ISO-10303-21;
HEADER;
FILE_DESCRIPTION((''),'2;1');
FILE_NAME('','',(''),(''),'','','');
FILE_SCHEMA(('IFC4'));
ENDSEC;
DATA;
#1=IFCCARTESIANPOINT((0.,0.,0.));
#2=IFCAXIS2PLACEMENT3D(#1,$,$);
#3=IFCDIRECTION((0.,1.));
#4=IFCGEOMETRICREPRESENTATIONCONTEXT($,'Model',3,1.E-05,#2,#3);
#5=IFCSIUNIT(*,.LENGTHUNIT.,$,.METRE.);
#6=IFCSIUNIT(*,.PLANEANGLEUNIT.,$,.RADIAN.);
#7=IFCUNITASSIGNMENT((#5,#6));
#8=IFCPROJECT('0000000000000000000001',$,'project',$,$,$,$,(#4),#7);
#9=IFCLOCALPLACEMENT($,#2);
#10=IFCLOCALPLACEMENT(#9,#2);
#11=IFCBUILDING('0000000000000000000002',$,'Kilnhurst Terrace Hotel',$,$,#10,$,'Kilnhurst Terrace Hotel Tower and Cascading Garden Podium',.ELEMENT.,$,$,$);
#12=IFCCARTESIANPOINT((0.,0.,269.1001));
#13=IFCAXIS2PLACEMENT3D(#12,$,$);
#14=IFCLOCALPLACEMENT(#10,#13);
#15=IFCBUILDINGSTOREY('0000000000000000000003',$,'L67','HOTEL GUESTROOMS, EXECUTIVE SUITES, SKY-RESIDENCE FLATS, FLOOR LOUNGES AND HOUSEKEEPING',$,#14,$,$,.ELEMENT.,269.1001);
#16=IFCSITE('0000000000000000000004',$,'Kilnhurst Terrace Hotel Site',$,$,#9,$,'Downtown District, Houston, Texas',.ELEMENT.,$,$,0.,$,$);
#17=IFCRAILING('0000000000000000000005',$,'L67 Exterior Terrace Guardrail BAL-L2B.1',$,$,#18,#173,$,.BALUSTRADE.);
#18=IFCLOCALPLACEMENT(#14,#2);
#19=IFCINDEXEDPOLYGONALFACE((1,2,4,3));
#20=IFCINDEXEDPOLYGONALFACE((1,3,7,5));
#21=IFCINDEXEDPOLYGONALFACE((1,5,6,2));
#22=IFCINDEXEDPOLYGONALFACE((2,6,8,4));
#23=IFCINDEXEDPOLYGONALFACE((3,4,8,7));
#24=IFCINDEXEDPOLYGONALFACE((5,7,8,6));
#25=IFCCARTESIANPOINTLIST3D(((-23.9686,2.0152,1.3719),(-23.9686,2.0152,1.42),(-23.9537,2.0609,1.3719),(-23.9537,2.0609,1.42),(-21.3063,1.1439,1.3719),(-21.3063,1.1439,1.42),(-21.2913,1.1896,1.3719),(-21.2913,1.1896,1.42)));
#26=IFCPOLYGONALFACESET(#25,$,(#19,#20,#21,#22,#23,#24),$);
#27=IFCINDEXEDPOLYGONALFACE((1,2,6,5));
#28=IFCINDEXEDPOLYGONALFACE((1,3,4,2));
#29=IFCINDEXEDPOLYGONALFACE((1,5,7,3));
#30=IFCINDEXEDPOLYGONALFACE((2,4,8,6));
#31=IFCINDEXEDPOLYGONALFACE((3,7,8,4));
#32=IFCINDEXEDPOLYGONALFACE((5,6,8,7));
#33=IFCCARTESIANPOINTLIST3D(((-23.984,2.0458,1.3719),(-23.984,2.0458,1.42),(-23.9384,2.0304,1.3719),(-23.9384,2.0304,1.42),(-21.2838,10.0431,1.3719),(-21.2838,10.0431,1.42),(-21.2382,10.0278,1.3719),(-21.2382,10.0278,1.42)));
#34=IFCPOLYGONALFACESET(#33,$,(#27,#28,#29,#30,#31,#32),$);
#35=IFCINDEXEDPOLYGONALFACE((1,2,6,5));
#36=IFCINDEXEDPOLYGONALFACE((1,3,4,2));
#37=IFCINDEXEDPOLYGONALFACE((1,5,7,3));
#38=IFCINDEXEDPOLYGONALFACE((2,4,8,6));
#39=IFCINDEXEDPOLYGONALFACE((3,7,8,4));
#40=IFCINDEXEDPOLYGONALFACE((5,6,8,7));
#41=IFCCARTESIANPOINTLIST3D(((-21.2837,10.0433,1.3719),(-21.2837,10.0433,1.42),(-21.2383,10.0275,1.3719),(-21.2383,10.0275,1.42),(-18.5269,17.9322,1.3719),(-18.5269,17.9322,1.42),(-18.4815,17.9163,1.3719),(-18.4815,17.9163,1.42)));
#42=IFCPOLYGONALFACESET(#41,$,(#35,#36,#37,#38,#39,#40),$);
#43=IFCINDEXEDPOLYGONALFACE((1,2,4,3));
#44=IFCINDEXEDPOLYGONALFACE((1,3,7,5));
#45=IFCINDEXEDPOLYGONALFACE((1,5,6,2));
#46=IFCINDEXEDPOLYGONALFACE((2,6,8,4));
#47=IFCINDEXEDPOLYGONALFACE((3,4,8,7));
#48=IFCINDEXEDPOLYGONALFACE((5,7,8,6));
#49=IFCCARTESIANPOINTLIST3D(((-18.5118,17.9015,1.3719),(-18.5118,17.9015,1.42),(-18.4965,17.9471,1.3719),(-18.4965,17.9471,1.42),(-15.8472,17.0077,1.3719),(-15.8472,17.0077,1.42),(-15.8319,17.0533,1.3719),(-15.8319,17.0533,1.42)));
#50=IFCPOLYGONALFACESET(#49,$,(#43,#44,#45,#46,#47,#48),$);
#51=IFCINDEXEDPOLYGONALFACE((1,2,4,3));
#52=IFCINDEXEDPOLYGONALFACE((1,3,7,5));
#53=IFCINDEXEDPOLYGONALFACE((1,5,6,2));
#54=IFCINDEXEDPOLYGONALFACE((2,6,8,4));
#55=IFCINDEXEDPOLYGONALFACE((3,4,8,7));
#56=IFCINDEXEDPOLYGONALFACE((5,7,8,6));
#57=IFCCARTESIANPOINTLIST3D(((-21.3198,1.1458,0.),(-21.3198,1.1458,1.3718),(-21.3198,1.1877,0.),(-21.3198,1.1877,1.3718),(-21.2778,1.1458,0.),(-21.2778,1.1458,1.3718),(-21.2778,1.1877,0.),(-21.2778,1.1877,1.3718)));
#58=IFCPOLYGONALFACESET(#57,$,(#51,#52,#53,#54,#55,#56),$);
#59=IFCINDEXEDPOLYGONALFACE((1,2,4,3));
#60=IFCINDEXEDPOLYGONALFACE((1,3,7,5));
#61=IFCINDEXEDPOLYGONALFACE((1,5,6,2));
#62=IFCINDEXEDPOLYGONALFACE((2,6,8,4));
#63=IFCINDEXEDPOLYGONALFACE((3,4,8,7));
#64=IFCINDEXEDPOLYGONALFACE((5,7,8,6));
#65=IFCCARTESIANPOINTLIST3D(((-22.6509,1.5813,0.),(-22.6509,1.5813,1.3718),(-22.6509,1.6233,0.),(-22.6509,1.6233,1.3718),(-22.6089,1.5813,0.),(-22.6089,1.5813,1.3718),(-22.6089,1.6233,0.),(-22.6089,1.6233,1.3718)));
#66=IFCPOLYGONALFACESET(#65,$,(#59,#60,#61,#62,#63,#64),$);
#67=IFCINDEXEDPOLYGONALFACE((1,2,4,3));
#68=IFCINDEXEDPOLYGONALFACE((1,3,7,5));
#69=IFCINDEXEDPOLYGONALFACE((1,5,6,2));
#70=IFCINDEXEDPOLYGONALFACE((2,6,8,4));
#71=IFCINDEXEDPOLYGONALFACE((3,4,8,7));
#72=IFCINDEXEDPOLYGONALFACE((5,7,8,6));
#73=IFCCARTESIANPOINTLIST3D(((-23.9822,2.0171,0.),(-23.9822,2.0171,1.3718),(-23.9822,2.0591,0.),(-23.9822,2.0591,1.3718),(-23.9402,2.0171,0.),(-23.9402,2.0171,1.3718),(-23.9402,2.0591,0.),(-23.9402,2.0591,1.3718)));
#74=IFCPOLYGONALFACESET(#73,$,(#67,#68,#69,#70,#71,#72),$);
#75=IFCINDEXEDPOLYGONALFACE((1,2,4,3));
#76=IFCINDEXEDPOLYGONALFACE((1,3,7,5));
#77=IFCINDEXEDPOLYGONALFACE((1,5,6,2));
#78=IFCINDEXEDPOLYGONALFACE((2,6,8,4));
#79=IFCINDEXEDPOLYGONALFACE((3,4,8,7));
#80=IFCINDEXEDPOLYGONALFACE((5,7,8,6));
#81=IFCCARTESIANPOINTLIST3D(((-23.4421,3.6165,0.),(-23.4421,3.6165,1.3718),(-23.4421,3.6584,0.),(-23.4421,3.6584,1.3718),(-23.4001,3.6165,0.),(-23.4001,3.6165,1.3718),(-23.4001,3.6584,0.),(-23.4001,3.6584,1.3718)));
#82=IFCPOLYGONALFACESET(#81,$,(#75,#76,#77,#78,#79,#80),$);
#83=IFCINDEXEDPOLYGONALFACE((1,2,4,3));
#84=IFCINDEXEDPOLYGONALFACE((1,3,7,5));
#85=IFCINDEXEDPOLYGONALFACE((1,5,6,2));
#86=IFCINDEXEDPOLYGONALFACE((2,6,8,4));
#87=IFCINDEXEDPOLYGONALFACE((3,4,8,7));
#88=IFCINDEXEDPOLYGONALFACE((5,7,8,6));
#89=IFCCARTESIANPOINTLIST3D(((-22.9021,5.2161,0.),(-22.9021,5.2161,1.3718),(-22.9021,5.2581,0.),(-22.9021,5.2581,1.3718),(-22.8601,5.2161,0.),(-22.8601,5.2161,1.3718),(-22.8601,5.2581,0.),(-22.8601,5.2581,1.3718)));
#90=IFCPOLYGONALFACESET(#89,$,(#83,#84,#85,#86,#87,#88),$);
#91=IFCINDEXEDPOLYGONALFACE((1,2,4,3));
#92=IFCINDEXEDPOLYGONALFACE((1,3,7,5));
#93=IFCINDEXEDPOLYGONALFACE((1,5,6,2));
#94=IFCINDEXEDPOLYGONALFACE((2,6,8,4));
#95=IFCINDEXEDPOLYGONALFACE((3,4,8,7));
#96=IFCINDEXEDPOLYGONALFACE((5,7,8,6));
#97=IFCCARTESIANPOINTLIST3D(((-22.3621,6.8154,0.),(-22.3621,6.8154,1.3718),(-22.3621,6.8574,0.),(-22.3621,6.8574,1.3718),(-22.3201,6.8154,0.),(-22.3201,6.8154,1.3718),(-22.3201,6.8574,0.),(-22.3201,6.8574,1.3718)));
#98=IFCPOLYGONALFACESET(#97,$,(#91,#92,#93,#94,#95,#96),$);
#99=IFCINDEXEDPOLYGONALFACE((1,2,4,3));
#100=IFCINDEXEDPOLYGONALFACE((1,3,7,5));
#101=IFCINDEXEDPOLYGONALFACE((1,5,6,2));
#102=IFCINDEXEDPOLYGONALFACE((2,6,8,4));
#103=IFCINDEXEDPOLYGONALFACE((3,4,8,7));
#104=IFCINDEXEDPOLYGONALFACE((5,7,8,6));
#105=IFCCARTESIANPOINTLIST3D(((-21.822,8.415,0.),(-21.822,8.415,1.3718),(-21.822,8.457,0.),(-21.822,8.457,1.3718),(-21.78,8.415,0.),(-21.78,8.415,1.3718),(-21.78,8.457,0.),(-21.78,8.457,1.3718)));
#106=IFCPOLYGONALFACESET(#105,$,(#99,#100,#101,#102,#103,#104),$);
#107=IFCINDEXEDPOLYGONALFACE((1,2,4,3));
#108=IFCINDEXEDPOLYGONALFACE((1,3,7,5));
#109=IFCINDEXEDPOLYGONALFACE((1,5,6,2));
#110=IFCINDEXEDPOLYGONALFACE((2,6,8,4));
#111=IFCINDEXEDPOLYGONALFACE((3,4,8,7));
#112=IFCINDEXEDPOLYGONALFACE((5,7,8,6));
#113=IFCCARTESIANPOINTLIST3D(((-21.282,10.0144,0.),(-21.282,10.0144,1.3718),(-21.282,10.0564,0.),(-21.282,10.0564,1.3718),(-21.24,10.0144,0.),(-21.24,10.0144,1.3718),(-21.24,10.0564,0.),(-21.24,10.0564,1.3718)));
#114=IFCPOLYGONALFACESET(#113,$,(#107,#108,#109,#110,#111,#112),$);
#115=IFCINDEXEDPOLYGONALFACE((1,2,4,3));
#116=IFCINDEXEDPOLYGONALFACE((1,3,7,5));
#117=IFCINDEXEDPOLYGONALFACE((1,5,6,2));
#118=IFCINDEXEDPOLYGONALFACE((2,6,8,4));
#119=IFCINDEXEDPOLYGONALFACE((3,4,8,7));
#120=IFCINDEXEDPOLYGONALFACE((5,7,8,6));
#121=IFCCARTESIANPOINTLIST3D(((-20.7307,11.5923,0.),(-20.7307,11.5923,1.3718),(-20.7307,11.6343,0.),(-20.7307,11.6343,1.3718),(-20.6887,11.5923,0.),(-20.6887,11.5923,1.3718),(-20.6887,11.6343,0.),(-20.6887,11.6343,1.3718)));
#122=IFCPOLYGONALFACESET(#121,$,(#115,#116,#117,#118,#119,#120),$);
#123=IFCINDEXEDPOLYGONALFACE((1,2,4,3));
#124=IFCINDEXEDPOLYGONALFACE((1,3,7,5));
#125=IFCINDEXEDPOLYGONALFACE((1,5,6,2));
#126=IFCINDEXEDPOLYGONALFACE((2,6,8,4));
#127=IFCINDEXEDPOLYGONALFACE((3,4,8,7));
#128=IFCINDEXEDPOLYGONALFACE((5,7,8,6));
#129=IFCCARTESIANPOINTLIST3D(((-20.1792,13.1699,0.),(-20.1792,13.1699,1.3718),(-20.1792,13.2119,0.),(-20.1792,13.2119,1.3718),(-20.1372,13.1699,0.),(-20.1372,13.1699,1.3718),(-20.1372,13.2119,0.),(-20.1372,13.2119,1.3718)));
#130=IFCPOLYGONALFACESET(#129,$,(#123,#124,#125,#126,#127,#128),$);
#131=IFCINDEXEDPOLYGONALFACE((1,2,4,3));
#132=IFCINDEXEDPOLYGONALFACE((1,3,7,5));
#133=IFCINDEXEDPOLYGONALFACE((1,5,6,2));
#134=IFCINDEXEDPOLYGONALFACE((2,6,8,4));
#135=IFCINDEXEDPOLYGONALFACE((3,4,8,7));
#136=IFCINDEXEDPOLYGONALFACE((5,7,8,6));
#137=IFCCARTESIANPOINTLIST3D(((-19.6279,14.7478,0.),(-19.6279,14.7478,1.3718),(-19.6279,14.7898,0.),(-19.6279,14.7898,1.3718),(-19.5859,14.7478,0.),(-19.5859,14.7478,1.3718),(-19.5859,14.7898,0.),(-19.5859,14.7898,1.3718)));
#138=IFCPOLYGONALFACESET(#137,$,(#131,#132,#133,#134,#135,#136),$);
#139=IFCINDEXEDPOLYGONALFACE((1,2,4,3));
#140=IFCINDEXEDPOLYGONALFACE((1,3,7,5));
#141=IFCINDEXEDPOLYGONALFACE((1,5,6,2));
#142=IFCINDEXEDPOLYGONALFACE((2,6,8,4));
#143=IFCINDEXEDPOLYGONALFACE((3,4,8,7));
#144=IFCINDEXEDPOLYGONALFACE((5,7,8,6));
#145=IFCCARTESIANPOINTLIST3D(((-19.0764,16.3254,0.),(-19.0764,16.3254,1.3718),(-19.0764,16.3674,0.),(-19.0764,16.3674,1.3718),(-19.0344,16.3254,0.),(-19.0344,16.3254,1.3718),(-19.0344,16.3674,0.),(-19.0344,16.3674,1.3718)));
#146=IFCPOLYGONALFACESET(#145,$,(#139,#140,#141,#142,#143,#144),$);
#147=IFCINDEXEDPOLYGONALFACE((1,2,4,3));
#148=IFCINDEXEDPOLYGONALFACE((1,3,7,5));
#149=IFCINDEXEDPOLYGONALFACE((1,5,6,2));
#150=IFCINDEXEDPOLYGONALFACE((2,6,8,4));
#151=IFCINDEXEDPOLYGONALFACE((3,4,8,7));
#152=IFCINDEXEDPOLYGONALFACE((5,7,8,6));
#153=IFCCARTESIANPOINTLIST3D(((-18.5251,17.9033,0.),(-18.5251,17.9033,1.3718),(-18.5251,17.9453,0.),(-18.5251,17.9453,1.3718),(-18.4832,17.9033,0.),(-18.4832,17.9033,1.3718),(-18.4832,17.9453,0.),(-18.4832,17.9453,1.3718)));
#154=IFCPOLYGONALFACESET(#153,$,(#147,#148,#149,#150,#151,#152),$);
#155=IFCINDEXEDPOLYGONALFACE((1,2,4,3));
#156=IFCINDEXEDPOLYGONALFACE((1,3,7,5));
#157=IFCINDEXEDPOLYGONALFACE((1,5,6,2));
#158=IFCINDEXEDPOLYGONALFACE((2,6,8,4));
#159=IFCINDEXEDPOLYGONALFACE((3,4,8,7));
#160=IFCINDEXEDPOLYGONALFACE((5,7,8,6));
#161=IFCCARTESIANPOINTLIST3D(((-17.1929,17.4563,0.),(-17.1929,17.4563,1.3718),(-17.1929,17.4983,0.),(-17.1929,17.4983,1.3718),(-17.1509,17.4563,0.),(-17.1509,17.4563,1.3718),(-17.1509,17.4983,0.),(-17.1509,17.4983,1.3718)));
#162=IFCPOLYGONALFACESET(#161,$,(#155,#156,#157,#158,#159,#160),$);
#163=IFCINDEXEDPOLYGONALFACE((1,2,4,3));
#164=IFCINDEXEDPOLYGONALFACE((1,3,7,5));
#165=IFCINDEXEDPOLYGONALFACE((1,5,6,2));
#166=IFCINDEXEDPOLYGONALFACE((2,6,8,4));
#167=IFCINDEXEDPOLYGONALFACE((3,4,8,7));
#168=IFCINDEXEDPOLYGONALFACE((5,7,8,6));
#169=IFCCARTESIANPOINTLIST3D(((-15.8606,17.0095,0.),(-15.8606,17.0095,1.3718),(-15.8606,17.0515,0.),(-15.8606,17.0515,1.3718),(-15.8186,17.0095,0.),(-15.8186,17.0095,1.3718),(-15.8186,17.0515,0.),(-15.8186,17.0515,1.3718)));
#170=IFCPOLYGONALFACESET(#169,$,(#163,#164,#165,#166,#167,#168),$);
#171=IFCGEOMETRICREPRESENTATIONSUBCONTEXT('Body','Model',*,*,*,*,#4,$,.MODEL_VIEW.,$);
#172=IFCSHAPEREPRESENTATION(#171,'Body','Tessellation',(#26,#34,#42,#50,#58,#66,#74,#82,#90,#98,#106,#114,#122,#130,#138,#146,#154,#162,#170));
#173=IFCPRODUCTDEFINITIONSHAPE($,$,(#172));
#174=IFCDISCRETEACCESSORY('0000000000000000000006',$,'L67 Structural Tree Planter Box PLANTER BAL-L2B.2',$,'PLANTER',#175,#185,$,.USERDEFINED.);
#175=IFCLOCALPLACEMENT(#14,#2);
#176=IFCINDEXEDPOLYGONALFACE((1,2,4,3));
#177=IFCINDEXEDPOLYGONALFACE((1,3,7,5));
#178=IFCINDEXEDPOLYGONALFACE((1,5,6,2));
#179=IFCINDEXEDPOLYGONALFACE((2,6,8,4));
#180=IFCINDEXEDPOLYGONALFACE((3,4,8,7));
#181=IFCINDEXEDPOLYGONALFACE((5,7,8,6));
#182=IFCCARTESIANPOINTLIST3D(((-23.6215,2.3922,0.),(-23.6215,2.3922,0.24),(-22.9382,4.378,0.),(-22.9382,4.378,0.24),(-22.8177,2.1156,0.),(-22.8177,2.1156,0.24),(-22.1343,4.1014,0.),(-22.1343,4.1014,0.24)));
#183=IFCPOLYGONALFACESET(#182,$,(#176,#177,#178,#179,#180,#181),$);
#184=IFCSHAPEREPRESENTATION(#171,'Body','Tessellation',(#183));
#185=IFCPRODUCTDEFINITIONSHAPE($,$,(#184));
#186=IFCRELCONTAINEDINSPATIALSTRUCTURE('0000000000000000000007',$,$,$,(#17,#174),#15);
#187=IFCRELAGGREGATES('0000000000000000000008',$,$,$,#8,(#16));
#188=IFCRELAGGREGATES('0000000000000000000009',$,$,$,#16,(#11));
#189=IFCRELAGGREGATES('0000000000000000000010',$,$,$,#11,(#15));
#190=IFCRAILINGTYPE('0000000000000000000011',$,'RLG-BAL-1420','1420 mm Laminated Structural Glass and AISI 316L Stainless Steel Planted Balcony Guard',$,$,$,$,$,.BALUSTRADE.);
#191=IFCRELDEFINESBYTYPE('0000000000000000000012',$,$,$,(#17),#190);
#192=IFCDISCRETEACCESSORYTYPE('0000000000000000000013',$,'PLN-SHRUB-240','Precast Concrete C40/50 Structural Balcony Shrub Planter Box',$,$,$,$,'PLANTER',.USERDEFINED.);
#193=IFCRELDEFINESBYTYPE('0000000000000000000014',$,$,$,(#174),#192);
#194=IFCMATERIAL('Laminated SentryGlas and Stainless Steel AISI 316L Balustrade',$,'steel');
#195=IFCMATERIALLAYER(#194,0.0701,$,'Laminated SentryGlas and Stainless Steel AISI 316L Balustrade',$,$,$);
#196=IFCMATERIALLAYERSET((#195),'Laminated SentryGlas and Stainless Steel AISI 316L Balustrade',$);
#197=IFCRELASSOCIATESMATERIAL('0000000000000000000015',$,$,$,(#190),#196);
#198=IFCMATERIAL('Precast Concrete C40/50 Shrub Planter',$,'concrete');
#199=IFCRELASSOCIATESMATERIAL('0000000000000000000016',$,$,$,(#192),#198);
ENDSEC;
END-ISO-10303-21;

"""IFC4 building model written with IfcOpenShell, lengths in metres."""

from ifc_helpers import new_model, si_unit, direction, frame, origin, origin_2d, place, context, subcontext, project, spatial, rectangle, extrude, material, layer, layer_set, type_object, element, save


model = new_model("IFC4")

# Units and contexts
model_context = context("Model", 3, precision=1e-05, world=origin(), true_north=direction((0.0, 1.0)))
body_context = subcontext(model_context, "Body", "Model", "MODEL_VIEW")
ifc_project = project(units=[si_unit("LENGTHUNIT", "METRE"), si_unit("PLANEANGLEUNIT", "RADIAN")], contexts=[model_context])

# Site, building, storey
site_placement = place(None, origin())
site = spatial("IfcSite", under=ifc_project, at=site_placement, Name="Kilnhurst Terrace Hotel Site", LongName="Downtown District, Houston, Texas", CompositionType="ELEMENT", RefElevation=0.0)
building_placement = place(site_placement, origin())
building = spatial("IfcBuilding", under=site, at=building_placement, Name="Kilnhurst Terrace Hotel", LongName="Kilnhurst Terrace Hotel Tower and Cascading Garden Podium", CompositionType="ELEMENT")
storey_placement = place(building_placement, frame((0.0, 0.0, 269.1001)))
storey = spatial("IfcBuildingStorey", under=building, at=storey_placement, Name="L67", Description="HOTEL GUESTROOMS, EXECUTIVE SUITES, SKY-RESIDENCE FLATS, FLOOR LOUNGES AND HOUSEKEEPING", CompositionType="ELEMENT", Elevation=269.1001)

# Railing
ifc_material_1 = material(Name="Laminated SentryGlas and Stainless Steel AISI 316L Balustrade", Category="steel")
ifc_layer_1 = layer(ifc_material_1, 0.0701, Name="Laminated SentryGlas and Stainless Steel AISI 316L Balustrade")
ifc_layer_set_1 = layer_set([ifc_layer_1], Name="Laminated SentryGlas and Stainless Steel AISI 316L Balustrade")
railing_type = type_object("IfcRailingType", Name="RLG-BAL-1420", Description="1420 mm Laminated Structural Glass and AISI 316L Stainless Steel Planted Balcony Guard", PredefinedType="BALUSTRADE", material=ifc_layer_set_1)
railing_placement = place(storey_placement, frame((-21.2988, 1.1667, 0.0)))
element("IfcRailing", 1, at=railing_placement, inside=storey, type_object=railing_type, Name="L67 Exterior Terrace Guardrail BAL-L2B.1", PredefinedType="BALUSTRADE", context=body_context, shape_type="SweptSolid", body=[
    extrude(rectangle(XDim=0.0481, YDim=0.0481, at=origin_2d()), frame((0.0, 0.0, 1.396), z_axis=(-0.950395, 0.311046, 0.0), x_axis=(-0.311046, -0.950395, 0.0)), (0.0, 0.0, 1.0), 2.8013),
    extrude(rectangle(XDim=0.0481, YDim=0.0481, at=origin_2d()), frame((-2.6624, 0.8713, 1.396), z_axis=(0.319896, 0.947453, 0.0), x_axis=(-0.947453, 0.319896, 0.0)), (0.0, 0.0, 1.0), 8.4409),
    extrude(rectangle(XDim=0.0481, YDim=0.0481, at=origin_2d()), frame((0.0378, 8.8687, 1.396), z_axis=(0.329894, 0.944018, 0.0), x_axis=(-0.944018, 0.329894, 0.0)), (0.0, 0.0, 1.0), 8.3567),
    extrude(rectangle(XDim=0.0481, YDim=0.0481, at=origin_2d()), frame((2.7947, 16.7576, 1.396), z_axis=(0.948082, -0.318025, 0.0), x_axis=(0.318025, 0.948082, 0.0)), (0.0, 0.0, 1.0), 2.8105),
    extrude(rectangle(XDim=0.042, YDim=0.042, at=origin_2d()), origin(), (0.0, 0.0, 1.0), 1.3718),
    extrude(rectangle(XDim=0.042, YDim=0.042, at=origin_2d()), frame((-1.3311, 0.4355, 0.0)), (0.0, 0.0, 1.0), 1.3718),
    extrude(rectangle(XDim=0.042, YDim=0.042, at=origin_2d()), frame((-2.6624, 0.8713, 0.0)), (0.0, 0.0, 1.0), 1.3718),
    extrude(rectangle(XDim=0.042, YDim=0.042, at=origin_2d()), frame((-2.1223, 2.4707, 0.0)), (0.0, 0.0, 1.0), 1.3718),
    extrude(rectangle(XDim=0.042, YDim=0.042, at=origin_2d()), frame((-1.5823, 4.0703, 0.0)), (0.0, 0.0, 1.0), 1.3718),
    extrude(rectangle(XDim=0.042, YDim=0.042, at=origin_2d()), frame((-1.0422, 5.6697, 0.0)), (0.0, 0.0, 1.0), 1.3718),
    extrude(rectangle(XDim=0.042, YDim=0.042, at=origin_2d()), frame((-0.5022, 7.2693, 0.0)), (0.0, 0.0, 1.0), 1.3718),
    extrude(rectangle(XDim=0.042, YDim=0.042, at=origin_2d()), frame((0.0378, 8.8687, 0.0)), (0.0, 0.0, 1.0), 1.3718),
    extrude(rectangle(XDim=0.042, YDim=0.042, at=origin_2d()), frame((0.5891, 10.4465, 0.0)), (0.0, 0.0, 1.0), 1.3718),
    extrude(rectangle(XDim=0.042, YDim=0.042, at=origin_2d()), frame((1.1406, 12.0242, 0.0)), (0.0, 0.0, 1.0), 1.3718),
    extrude(rectangle(XDim=0.042, YDim=0.042, at=origin_2d()), frame((1.6919, 13.6021, 0.0)), (0.0, 0.0, 1.0), 1.3718),
    extrude(rectangle(XDim=0.042, YDim=0.042, at=origin_2d()), frame((2.2434, 15.1797, 0.0)), (0.0, 0.0, 1.0), 1.3718),
    extrude(rectangle(XDim=0.042, YDim=0.042, at=origin_2d()), frame((2.7947, 16.7576, 0.0)), (0.0, 0.0, 1.0), 1.3718),
    extrude(rectangle(XDim=0.042, YDim=0.042, at=origin_2d()), frame((4.127, 16.3105, 0.0)), (0.0, 0.0, 1.0), 1.3718),
    extrude(rectangle(XDim=0.042, YDim=0.042, at=origin_2d()), frame((5.4592, 15.8638, 0.0)), (0.0, 0.0, 1.0), 1.3718),
])

# Discrete accessory
ifc_material_2 = material(Name="Precast Concrete C40/50 Shrub Planter", Category="concrete")
discrete_accessory_type = type_object("IfcDiscreteAccessoryType", Name="PLN-SHRUB-240", Description="Precast Concrete C40/50 Structural Balcony Shrub Planter Box", ElementType="PLANTER", PredefinedType="USERDEFINED", material=ifc_material_2)
discrete_accessory_placement = place(storey_placement, frame((-22.8779, 3.2468, 0.0), z_axis=(0.0, 0.0, 1.0), x_axis=(-0.325403, -0.945575, 0.0)))
element("IfcDiscreteAccessory", 2, at=discrete_accessory_placement, inside=storey, type_object=discrete_accessory_type, Name="L67 Structural Tree Planter Box PLANTER BAL-L2B.2", ObjectType="PLANTER", PredefinedType="USERDEFINED", context=body_context, shape_type="SweptSolid", body=[
    extrude(rectangle(XDim=2.1001, YDim=0.8501, at=origin_2d()), origin(), (0.0, 0.0, 1.0), 0.24),
])

save(model, "model.ifc")
